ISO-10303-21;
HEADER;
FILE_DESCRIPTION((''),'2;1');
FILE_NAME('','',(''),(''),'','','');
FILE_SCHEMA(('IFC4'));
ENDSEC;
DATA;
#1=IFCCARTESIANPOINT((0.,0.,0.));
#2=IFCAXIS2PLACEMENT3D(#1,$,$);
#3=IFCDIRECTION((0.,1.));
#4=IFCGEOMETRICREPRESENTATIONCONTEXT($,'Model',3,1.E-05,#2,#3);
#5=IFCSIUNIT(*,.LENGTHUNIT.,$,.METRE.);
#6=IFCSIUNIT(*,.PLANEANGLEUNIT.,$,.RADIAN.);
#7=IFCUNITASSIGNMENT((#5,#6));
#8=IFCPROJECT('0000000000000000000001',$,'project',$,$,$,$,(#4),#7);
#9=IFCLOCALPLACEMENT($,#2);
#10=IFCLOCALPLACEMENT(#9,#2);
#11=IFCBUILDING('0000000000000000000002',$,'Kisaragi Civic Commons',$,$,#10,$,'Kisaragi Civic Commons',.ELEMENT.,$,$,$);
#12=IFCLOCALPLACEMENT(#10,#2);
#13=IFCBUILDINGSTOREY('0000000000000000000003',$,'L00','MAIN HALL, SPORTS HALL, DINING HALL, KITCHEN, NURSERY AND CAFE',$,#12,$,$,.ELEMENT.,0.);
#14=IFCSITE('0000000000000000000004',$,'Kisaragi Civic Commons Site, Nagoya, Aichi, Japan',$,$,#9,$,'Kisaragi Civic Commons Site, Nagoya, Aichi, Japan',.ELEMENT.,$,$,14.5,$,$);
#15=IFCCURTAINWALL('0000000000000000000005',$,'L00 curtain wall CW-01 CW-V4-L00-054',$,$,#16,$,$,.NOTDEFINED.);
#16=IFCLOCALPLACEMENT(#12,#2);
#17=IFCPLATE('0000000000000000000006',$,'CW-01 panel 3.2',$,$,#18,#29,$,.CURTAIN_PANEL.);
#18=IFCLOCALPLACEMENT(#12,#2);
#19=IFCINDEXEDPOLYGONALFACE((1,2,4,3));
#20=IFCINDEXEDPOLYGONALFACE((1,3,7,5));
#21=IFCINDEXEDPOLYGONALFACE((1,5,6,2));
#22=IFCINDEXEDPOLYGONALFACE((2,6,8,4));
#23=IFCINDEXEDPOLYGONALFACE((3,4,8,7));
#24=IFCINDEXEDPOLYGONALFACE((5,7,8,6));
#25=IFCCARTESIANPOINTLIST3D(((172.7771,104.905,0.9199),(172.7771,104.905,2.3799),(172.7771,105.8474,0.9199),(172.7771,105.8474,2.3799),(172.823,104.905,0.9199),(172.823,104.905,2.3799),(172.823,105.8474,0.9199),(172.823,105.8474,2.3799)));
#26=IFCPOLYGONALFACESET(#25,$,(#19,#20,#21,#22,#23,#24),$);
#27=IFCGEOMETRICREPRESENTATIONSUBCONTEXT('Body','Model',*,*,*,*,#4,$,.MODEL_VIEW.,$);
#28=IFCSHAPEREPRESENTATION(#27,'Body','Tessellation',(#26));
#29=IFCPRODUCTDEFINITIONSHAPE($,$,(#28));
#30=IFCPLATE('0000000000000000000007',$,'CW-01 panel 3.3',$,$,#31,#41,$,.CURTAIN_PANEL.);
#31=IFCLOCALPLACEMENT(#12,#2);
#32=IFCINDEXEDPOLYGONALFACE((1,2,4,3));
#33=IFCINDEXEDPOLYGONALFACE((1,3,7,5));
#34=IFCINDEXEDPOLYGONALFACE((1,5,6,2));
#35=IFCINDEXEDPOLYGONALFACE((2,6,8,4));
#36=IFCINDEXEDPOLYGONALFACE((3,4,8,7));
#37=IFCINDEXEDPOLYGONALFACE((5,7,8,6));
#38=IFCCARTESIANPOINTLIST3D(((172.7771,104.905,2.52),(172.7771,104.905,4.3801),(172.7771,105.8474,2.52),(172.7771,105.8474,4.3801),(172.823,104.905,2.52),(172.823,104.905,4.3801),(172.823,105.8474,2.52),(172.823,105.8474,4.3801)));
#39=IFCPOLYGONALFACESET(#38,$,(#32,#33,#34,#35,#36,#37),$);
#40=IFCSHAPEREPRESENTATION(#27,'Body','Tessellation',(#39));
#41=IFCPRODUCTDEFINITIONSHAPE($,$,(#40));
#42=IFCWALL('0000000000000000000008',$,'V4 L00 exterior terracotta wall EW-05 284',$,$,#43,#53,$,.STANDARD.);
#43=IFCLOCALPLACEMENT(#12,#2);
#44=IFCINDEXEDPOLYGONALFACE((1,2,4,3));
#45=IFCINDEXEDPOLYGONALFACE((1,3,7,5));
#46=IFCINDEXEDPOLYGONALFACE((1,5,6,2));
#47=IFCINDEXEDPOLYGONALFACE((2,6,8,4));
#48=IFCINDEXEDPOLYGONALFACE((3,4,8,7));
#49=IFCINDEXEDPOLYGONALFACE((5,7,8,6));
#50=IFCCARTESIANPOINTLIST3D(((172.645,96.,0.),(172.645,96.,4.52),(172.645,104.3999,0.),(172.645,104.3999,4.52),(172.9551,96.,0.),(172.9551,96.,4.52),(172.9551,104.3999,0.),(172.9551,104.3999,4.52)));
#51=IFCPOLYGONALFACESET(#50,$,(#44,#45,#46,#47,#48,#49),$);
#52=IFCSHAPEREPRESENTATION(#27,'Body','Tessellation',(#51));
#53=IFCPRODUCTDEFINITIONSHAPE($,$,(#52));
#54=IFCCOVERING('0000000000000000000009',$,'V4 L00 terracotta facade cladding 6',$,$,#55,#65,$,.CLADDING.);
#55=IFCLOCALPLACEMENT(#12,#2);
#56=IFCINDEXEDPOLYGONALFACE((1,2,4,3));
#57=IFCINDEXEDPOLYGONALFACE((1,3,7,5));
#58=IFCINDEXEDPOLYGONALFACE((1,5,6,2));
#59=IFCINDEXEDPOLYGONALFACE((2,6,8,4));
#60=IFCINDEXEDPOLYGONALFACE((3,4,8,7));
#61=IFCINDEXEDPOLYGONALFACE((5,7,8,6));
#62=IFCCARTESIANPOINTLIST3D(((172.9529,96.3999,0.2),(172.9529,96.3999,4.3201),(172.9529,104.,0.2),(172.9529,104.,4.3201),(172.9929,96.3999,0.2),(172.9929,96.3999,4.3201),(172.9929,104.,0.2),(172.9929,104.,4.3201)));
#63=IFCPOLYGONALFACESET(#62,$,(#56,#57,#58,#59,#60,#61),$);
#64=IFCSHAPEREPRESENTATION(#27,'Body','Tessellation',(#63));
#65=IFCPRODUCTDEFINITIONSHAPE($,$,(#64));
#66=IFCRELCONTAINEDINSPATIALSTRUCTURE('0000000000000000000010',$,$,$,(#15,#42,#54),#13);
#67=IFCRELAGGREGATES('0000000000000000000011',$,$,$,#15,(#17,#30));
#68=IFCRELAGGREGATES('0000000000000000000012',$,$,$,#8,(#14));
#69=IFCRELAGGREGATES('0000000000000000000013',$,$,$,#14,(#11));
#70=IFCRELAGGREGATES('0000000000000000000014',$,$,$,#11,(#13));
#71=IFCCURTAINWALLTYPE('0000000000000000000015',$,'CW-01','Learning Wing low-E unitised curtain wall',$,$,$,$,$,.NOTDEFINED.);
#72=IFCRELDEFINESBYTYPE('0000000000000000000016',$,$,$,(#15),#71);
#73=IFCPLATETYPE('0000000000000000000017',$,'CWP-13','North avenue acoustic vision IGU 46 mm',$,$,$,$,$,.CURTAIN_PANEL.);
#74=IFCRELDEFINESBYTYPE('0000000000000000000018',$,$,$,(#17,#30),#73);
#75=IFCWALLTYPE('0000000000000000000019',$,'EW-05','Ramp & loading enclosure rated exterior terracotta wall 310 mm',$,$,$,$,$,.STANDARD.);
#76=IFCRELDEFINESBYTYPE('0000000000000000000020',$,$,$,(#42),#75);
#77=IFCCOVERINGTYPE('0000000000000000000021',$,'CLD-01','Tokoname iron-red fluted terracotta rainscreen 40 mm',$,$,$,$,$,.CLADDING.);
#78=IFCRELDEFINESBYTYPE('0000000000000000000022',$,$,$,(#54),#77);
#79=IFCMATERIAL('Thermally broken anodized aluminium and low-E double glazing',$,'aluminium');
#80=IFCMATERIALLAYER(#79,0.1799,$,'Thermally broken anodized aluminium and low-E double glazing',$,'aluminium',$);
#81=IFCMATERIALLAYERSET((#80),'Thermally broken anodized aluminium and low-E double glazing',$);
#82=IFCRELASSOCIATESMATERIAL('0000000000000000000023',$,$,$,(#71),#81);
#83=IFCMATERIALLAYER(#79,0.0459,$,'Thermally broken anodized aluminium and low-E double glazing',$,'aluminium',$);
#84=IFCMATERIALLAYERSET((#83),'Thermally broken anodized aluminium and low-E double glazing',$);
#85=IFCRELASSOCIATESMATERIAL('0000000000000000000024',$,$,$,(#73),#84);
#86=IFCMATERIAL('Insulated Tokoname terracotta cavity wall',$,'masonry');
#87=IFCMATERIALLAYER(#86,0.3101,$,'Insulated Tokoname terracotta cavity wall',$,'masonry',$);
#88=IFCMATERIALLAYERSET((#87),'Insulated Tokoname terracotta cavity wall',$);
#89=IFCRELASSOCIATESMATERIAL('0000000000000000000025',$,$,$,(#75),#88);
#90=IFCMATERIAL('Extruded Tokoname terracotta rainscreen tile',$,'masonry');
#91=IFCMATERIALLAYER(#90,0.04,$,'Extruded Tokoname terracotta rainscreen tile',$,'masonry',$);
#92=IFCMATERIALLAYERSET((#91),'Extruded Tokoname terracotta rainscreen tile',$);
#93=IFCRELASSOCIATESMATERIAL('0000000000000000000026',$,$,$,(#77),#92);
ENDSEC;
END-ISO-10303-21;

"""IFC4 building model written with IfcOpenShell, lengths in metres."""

from ifc_helpers import new_model, si_unit, direction, frame, frame_2d, origin, origin_2d, place, context, subcontext, project, spatial, rectangle, extrude, material, layer, layer_set, type_object, element, aggregate, save


model = new_model("IFC4")

# Units and contexts
model_context = context("Model", 3, precision=1e-05, world=origin(), true_north=direction((0.0, 1.0)))
body_context = subcontext(model_context, "Body", "Model", "MODEL_VIEW")
ifc_project = project(units=[si_unit("LENGTHUNIT", "METRE"), si_unit("PLANEANGLEUNIT", "RADIAN")], contexts=[model_context])

# Site, building, storey
site_placement = place(None, origin())
site = spatial("IfcSite", under=ifc_project, at=site_placement, Name="Kisaragi Civic Commons Site, Nagoya, Aichi, Japan", LongName="Kisaragi Civic Commons Site, Nagoya, Aichi, Japan", CompositionType="ELEMENT", RefElevation=14.5)
building_placement = place(site_placement, origin())
building = spatial("IfcBuilding", under=site, at=building_placement, Name="Kisaragi Civic Commons", LongName="Kisaragi Civic Commons", CompositionType="ELEMENT")
storey_placement = place(building_placement, origin())
storey = spatial("IfcBuildingStorey", under=building, at=storey_placement, Name="L00", Description="MAIN HALL, SPORTS HALL, DINING HALL, KITCHEN, NURSERY AND CAFE", CompositionType="ELEMENT", Elevation=0.0)

# Shared definitions
ifc_material_1 = material(Name="Thermally broken anodized aluminium and low-E double glazing", Category="aluminium")
ifc_layer_1 = layer(ifc_material_1, 0.1799, Name="Thermally broken anodized aluminium and low-E double glazing", Category="aluminium")
ifc_layer_set_1 = layer_set([ifc_layer_1], Name="Thermally broken anodized aluminium and low-E double glazing")
curtain_wall_type = type_object("IfcCurtainWallType", Name="CW-01", Description="Learning Wing low-E unitised curtain wall", PredefinedType="NOTDEFINED", material=ifc_layer_set_1)

# Curtain wall
curtain_wall_1_placement = place(storey_placement, origin())
curtain_wall_1 = element("IfcCurtainWall", 1, at=curtain_wall_1_placement, inside=storey, type_object=curtain_wall_type, Name="L00 curtain wall CW-01 CW-V4-L00-054", PredefinedType="NOTDEFINED")

# Plates
ifc_layer_2 = layer(ifc_material_1, 0.0459, Name="Thermally broken anodized aluminium and low-E double glazing", Category="aluminium")
ifc_layer_set_2 = layer_set([ifc_layer_2], Name="Thermally broken anodized aluminium and low-E double glazing")
plate_type_1 = type_object("IfcPlateType", Name="CWP-13", Description="North avenue acoustic vision IGU 46 mm", PredefinedType="CURTAIN_PANEL", material=ifc_layer_set_2)
plate_1_placement = place(storey_placement, frame((172.8, 105.3762, 0.9199), z_axis=(0.0, 0.0, 1.0), x_axis=(0.0, -1.0, 0.0)))
plate_1 = element("IfcPlate", 2, at=plate_1_placement, type_object=plate_type_1, Name="CW-01 panel 3.2", PredefinedType="CURTAIN_PANEL", context=body_context, shape_type="SweptSolid", body=[
    extrude(rectangle(XDim=0.9424, YDim=0.0459, at=origin_2d()), origin(), (0.0, 0.0, 1.0), 1.46),
])
plate_2_placement = place(storey_placement, frame((172.8, 105.3762, 2.52), z_axis=(0.0, 0.0, 1.0), x_axis=(0.0, -1.0, 0.0)))
plate_2 = element("IfcPlate", 3, at=plate_2_placement, type_object=plate_type_1, Name="CW-01 panel 3.3", PredefinedType="CURTAIN_PANEL", context=body_context, shape_type="SweptSolid", body=[
    extrude(rectangle(XDim=0.9424, YDim=0.0459, at=origin_2d()), origin(), (0.0, 0.0, 1.0), 1.8601),
])
aggregate(curtain_wall_1, [plate_1, plate_2])

# Wall
ifc_material_2 = material(Name="Insulated Tokoname terracotta cavity wall", Category="masonry")
ifc_layer_3 = layer(ifc_material_2, 0.3101, Name="Insulated Tokoname terracotta cavity wall", Category="masonry")
ifc_layer_set_3 = layer_set([ifc_layer_3], Name="Insulated Tokoname terracotta cavity wall")
wall_type = type_object("IfcWallType", Name="EW-05", Description="Ramp & loading enclosure rated exterior terracotta wall 310 mm", PredefinedType="STANDARD", material=ifc_layer_set_3)
wall_placement = place(storey_placement, frame((172.8, 104.3999, 0.0), z_axis=(0.0, 0.0, 1.0), x_axis=(0.0, -1.0, 0.0)))
element("IfcWall", 4, at=wall_placement, inside=storey, type_object=wall_type, Name="V4 L00 exterior terracotta wall EW-05 284", PredefinedType="STANDARD", context=body_context, shape_type="SweptSolid", body=[
    extrude(rectangle(XDim=8.3999, YDim=0.3101, at=frame_2d((4.2, 0.0))), origin(), (0.0, 0.0, 1.0), 4.52),
])

# Covering
ifc_material_3 = material(Name="Extruded Tokoname terracotta rainscreen tile", Category="masonry")
ifc_layer_4 = layer(ifc_material_3, 0.04, Name="Extruded Tokoname terracotta rainscreen tile", Category="masonry")
ifc_layer_set_4 = layer_set([ifc_layer_4], Name="Extruded Tokoname terracotta rainscreen tile")
covering_type = type_object("IfcCoveringType", Name="CLD-01", Description="Tokoname iron-red fluted terracotta rainscreen 40 mm", PredefinedType="CLADDING", material=ifc_layer_set_4)
covering_placement = place(storey_placement, frame((172.9729, 100.2, 0.2), z_axis=(0.0, 0.0, 1.0), x_axis=(0.0, -1.0, 0.0)))
element("IfcCovering", 5, at=covering_placement, inside=storey, type_object=covering_type, Name="V4 L00 terracotta facade cladding 6", PredefinedType="CLADDING", context=body_context, shape_type="SweptSolid", body=[
    extrude(rectangle(XDim=7.6001, YDim=0.04, at=origin_2d()), origin(), (0.0, 0.0, 1.0), 4.1201),
])

save(model, "model.ifc")
